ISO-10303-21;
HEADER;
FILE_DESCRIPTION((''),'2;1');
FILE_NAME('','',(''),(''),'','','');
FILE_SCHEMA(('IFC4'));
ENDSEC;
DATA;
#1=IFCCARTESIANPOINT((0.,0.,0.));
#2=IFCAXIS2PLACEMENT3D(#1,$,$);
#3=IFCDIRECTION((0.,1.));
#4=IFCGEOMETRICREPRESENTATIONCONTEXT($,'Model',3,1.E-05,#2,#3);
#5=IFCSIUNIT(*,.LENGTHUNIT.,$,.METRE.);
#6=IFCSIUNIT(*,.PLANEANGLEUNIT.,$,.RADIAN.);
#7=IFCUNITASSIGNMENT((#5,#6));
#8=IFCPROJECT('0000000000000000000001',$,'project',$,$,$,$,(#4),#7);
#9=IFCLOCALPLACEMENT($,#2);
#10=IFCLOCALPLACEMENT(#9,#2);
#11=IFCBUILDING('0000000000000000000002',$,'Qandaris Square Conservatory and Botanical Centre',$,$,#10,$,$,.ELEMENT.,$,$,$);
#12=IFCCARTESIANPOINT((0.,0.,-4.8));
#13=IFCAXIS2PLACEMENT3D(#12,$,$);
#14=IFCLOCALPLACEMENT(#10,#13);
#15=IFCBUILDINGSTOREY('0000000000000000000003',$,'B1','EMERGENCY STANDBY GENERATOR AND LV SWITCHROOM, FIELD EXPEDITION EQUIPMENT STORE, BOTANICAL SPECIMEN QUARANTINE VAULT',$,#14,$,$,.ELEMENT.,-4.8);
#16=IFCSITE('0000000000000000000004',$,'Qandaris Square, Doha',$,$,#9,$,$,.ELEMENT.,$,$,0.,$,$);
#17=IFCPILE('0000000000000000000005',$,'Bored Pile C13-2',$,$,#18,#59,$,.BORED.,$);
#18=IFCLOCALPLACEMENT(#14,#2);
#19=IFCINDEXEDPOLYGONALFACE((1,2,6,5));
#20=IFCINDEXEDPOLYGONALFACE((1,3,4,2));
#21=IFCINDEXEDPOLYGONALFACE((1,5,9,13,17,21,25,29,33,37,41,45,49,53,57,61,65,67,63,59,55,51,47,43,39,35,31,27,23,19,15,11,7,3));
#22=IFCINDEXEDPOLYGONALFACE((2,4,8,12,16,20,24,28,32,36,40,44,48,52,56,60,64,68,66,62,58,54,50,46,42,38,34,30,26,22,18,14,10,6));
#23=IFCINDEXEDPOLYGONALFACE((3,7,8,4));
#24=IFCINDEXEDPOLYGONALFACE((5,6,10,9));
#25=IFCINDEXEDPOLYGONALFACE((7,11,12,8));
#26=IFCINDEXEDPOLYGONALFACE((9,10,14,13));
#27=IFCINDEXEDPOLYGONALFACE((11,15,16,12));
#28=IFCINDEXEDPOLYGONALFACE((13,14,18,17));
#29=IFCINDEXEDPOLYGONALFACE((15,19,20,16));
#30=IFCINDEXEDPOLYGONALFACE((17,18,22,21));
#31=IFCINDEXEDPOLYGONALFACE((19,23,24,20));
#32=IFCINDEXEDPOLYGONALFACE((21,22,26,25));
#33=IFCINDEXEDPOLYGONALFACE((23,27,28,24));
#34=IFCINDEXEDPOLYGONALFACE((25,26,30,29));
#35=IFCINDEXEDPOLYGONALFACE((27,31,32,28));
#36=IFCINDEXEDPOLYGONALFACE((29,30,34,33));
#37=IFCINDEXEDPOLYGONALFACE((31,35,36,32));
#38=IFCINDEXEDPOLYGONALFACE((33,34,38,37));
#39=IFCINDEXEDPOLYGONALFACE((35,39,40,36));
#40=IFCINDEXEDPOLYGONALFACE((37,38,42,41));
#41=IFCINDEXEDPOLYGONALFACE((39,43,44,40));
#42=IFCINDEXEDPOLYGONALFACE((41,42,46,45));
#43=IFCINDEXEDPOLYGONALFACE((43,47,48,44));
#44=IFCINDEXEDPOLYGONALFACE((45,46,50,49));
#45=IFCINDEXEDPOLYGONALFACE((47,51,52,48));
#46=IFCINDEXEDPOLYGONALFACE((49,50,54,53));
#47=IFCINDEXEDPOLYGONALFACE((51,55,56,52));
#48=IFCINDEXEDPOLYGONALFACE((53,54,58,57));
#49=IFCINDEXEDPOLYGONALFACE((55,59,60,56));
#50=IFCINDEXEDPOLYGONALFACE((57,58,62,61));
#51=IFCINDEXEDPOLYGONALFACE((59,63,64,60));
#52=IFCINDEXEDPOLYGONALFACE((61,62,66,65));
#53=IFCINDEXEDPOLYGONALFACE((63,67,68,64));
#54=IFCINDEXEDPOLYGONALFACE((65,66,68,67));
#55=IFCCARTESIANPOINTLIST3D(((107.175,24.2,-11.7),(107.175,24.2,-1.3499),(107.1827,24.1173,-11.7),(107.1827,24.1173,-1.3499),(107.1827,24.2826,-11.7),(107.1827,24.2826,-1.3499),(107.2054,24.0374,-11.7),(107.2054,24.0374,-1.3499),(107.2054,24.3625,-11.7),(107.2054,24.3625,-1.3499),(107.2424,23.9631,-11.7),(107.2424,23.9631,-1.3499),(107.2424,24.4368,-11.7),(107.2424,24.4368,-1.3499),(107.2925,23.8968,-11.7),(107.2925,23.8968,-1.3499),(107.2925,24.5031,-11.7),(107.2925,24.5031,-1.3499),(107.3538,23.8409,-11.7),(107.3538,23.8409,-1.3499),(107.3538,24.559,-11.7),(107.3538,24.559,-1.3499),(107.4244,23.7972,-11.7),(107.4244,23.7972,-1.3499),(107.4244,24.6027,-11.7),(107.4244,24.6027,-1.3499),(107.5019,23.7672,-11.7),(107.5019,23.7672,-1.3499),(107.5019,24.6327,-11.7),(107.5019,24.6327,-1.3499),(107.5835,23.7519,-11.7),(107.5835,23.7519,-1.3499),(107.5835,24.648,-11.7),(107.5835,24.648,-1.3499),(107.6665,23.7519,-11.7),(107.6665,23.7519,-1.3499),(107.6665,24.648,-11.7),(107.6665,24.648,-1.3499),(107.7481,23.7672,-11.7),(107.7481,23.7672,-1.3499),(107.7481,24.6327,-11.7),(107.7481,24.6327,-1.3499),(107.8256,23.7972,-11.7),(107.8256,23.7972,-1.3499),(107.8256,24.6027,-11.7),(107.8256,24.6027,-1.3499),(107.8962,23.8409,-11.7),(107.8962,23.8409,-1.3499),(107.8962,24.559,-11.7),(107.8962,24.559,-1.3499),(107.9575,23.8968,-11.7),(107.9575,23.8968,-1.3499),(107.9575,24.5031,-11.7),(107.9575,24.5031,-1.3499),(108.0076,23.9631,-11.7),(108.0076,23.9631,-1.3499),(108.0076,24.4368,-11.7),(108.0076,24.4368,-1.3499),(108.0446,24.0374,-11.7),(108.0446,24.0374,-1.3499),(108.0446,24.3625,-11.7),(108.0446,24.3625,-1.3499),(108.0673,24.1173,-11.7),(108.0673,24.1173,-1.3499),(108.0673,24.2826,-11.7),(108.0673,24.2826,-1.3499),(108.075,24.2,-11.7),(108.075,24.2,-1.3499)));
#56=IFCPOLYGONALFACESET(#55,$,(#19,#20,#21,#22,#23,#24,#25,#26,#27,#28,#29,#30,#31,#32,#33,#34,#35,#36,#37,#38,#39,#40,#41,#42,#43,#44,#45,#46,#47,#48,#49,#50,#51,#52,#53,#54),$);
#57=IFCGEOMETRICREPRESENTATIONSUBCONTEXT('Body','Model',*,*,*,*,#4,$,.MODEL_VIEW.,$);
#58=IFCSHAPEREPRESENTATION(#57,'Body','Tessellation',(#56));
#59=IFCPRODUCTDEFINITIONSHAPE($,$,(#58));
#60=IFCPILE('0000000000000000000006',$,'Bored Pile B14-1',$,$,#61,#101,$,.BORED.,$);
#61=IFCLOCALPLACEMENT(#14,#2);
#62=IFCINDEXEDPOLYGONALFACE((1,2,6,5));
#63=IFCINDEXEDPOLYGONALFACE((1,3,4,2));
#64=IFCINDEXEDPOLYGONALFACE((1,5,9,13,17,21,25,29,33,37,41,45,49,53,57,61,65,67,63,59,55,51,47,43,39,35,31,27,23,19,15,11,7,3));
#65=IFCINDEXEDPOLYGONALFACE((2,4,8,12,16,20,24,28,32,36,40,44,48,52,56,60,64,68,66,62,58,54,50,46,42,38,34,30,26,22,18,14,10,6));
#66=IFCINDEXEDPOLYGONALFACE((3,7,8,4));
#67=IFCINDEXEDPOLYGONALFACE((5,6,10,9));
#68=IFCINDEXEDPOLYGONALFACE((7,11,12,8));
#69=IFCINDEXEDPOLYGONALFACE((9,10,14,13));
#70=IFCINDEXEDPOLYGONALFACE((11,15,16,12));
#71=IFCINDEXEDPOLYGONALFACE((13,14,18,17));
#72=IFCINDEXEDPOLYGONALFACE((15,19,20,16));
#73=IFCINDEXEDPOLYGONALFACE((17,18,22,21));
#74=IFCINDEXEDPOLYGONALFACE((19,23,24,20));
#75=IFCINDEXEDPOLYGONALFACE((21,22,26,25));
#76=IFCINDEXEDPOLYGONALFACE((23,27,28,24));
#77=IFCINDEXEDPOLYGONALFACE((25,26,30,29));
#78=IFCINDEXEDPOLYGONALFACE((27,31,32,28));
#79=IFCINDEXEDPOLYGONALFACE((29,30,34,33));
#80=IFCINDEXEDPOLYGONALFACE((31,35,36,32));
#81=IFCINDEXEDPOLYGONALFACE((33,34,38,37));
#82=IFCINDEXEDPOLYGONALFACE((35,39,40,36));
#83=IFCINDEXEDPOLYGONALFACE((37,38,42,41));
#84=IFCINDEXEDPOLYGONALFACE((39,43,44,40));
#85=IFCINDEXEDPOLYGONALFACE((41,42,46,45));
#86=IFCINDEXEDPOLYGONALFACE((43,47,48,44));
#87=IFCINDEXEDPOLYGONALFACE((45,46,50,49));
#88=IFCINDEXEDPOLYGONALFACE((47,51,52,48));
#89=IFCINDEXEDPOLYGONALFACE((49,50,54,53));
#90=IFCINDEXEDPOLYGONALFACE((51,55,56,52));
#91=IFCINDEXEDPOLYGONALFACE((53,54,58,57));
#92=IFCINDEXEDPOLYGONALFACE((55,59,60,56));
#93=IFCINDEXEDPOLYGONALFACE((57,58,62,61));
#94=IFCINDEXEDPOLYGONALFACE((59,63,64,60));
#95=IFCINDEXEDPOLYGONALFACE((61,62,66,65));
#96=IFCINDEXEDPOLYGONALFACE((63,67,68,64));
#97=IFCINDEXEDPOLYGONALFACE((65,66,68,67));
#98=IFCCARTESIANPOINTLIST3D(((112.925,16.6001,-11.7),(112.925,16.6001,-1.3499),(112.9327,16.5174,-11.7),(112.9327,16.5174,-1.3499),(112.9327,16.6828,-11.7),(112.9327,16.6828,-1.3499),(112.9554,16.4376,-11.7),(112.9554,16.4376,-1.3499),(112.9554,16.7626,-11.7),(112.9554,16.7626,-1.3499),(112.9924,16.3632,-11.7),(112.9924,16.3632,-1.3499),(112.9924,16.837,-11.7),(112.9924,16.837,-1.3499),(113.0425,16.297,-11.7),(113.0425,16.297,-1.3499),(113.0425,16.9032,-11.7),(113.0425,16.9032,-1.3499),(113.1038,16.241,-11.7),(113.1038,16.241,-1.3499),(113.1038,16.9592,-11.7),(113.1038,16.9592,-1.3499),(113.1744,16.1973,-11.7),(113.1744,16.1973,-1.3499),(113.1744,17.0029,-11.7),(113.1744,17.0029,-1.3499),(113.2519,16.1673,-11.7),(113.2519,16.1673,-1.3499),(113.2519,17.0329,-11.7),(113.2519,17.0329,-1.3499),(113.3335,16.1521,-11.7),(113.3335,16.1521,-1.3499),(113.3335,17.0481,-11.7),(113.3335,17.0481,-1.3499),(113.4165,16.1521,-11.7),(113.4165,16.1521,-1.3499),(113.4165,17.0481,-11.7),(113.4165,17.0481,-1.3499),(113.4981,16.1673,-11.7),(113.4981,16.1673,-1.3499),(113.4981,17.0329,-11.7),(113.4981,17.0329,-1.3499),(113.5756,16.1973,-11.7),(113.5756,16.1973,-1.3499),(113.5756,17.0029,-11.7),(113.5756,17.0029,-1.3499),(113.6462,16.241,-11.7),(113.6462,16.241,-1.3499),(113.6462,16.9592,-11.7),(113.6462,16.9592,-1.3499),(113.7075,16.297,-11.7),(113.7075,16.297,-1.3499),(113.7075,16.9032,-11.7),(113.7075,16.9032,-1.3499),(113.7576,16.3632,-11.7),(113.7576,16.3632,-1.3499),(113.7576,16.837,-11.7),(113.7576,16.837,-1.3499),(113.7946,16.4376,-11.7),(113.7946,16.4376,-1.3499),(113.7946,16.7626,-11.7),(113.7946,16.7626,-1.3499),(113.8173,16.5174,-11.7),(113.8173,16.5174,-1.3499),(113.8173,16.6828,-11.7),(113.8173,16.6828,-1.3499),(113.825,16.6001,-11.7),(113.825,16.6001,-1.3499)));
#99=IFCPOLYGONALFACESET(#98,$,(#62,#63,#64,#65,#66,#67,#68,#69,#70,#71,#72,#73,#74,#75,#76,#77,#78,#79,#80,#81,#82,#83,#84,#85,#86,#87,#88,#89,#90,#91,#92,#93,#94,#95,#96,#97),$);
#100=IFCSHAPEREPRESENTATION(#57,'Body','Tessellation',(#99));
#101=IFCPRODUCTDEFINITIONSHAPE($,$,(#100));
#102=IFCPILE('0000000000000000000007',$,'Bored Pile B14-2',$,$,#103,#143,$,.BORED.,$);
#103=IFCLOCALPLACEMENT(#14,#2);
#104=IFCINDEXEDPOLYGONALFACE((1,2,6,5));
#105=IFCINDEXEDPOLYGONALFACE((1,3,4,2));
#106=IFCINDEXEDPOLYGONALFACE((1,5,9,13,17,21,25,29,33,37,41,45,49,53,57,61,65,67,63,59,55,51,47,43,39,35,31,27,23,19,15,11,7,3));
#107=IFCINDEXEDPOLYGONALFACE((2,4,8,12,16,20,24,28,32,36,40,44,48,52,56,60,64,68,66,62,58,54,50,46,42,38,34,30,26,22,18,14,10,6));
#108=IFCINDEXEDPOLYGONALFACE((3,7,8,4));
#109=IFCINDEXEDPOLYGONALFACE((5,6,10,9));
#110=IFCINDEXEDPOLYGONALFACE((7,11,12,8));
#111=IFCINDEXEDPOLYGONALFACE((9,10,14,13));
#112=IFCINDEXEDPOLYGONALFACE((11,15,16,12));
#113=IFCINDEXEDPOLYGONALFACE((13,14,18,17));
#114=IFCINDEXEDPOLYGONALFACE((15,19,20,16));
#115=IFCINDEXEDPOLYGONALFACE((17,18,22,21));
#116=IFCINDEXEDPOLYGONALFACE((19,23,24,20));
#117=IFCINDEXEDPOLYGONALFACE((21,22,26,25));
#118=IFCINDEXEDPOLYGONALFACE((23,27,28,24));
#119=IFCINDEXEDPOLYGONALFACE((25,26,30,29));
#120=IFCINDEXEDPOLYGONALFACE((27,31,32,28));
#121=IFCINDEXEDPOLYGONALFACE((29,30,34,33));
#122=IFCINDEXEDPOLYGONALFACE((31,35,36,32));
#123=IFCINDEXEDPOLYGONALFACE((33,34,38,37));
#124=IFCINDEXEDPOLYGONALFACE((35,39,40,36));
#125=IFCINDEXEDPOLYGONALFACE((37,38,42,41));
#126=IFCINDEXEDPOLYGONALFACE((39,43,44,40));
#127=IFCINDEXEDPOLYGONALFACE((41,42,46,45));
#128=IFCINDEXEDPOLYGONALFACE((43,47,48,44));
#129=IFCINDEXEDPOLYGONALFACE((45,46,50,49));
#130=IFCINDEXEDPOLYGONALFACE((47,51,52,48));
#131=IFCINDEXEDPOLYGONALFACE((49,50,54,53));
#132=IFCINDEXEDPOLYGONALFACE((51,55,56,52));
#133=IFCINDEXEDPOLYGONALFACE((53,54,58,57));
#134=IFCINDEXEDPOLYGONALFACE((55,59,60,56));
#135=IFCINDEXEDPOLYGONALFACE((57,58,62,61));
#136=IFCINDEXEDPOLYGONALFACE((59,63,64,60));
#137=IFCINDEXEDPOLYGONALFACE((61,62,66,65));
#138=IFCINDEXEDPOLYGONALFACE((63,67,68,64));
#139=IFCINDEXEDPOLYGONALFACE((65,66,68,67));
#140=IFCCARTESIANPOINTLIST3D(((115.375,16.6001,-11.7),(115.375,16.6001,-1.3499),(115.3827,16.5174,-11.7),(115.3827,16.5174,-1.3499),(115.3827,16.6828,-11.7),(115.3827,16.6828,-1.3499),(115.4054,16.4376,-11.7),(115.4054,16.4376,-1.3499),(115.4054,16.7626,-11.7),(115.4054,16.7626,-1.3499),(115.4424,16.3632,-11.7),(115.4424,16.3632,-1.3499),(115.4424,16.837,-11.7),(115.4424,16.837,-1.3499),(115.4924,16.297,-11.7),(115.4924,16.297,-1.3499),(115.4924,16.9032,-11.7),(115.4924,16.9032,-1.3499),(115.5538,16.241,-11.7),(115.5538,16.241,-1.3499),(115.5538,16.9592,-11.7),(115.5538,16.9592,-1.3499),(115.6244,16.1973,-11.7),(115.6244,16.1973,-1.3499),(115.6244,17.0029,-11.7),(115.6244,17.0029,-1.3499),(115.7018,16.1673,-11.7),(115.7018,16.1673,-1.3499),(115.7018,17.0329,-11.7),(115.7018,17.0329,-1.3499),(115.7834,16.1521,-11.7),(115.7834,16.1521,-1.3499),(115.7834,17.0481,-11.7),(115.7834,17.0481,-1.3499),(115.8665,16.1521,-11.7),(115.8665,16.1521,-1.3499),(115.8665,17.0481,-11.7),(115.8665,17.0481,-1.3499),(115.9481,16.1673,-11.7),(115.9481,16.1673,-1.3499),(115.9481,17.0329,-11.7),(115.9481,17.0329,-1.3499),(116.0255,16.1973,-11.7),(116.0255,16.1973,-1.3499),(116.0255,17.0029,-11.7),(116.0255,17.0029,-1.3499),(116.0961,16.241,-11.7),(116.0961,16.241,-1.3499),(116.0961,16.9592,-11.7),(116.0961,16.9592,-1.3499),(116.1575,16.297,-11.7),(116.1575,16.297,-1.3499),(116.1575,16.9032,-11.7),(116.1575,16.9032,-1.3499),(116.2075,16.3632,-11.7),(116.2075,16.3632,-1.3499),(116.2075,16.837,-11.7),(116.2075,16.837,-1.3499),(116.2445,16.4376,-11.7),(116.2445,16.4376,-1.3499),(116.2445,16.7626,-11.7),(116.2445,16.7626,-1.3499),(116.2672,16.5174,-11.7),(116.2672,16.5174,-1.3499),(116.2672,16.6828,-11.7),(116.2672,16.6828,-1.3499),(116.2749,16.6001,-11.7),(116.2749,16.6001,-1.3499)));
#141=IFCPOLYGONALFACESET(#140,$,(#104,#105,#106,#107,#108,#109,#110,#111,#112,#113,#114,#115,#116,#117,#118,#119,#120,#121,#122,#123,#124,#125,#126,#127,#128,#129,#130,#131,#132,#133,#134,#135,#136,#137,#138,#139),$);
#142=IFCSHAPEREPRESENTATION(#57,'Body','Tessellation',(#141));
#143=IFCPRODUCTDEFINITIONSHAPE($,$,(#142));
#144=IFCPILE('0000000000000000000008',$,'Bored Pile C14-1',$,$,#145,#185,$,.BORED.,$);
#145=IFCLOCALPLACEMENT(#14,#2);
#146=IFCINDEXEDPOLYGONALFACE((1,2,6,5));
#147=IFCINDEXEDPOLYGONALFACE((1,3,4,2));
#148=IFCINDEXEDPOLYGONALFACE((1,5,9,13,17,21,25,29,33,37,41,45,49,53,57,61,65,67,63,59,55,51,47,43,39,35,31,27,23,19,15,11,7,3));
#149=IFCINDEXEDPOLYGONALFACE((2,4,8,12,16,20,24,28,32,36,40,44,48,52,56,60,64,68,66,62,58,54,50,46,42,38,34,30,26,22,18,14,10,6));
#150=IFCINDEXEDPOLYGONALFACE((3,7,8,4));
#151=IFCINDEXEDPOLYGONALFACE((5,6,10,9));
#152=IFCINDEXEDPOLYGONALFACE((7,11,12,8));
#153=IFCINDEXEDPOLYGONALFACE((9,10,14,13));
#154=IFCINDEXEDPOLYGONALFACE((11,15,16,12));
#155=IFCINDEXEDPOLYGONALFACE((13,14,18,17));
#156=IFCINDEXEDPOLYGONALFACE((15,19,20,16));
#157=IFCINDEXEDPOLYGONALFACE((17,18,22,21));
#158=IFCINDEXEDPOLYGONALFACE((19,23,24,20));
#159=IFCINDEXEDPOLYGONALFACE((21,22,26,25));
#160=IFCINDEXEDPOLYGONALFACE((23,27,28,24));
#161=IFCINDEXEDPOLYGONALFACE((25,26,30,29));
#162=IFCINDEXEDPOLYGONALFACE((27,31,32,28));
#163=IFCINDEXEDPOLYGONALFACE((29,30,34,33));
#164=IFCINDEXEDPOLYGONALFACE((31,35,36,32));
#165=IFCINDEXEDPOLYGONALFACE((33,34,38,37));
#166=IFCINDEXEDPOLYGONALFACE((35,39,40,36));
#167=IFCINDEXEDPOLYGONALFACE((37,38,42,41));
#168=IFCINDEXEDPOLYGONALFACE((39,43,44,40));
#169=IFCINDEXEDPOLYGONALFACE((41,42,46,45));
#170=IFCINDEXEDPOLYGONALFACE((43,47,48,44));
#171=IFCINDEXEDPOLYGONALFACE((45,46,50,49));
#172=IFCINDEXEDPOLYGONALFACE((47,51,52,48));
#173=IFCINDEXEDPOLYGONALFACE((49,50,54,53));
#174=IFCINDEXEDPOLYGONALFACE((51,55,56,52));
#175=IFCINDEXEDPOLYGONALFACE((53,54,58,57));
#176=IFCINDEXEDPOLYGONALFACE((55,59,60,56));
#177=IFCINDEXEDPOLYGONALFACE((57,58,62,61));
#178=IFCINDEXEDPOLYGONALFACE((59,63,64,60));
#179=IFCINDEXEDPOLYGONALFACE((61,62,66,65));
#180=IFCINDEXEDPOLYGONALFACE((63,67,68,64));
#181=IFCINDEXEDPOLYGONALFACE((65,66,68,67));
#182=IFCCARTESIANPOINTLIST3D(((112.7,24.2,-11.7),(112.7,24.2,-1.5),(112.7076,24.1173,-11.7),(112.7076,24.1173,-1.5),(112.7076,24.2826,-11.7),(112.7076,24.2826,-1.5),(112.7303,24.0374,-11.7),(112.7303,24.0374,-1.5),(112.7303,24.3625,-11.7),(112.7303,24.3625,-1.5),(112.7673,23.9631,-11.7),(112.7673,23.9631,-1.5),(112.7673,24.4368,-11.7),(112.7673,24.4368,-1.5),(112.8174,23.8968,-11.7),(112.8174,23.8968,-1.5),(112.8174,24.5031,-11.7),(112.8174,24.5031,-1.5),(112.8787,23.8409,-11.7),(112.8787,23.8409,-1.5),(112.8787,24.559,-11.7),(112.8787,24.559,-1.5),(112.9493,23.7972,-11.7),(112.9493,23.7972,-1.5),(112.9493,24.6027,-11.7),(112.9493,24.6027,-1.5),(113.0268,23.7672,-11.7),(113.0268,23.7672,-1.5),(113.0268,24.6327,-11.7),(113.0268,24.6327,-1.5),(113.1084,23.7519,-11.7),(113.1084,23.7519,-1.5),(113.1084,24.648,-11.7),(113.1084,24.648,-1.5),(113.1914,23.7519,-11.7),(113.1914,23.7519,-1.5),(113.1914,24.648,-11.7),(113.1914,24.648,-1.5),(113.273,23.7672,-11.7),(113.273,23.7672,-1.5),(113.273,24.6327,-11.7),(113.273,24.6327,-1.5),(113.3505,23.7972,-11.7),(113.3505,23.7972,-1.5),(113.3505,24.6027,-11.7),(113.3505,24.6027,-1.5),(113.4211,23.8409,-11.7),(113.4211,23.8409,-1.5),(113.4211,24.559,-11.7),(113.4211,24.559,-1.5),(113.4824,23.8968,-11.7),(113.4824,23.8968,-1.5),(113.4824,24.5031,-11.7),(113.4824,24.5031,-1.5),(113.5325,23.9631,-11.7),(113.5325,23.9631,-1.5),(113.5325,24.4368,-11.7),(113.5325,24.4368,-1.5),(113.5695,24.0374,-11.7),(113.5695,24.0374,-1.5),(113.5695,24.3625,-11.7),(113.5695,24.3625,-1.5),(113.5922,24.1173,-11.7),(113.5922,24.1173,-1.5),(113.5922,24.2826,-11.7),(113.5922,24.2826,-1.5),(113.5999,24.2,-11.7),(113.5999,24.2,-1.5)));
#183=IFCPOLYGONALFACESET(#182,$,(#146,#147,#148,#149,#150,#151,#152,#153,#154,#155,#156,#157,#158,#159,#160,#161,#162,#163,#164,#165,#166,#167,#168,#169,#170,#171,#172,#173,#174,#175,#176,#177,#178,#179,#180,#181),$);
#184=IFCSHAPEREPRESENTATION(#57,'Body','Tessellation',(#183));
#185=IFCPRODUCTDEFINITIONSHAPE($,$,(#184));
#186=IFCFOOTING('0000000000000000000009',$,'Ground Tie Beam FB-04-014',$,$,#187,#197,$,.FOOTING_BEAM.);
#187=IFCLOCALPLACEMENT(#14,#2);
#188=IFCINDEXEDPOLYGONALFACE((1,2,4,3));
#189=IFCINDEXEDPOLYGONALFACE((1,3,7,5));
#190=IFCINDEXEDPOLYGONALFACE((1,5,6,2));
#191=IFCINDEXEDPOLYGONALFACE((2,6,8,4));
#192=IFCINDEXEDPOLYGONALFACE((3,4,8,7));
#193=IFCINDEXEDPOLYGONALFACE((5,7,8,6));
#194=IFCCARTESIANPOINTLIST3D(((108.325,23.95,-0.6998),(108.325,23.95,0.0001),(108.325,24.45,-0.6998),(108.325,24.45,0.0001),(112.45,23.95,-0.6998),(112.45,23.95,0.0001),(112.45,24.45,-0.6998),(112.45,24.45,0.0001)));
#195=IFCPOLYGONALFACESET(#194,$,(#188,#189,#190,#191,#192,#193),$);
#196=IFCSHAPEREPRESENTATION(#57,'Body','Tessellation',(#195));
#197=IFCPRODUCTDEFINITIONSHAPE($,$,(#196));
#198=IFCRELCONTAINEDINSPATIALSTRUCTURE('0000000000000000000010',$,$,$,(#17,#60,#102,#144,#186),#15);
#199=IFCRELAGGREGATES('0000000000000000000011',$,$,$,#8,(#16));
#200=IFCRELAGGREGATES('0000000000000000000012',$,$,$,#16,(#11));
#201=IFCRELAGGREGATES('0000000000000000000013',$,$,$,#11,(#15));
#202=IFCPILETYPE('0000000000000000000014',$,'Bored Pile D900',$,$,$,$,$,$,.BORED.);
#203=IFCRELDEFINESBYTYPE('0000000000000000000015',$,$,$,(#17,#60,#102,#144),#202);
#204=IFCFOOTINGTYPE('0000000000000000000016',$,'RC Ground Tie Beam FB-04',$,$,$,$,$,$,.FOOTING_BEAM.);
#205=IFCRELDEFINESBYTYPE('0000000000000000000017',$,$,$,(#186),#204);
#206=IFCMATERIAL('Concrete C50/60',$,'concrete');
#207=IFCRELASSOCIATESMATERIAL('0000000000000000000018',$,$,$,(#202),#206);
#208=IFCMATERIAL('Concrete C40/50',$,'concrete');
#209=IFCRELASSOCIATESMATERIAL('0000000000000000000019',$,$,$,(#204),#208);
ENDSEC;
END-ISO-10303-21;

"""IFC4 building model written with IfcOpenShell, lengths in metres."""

from ifc_helpers import new_model, si_unit, direction, frame, origin, origin_2d, place, context, subcontext, project, spatial, rectangle, circle, extrude, material, material_profile, profile_set, type_object, element, save


model = new_model("IFC4")

# Units and contexts
model_context = context("Model", 3, precision=1e-05, world=origin(), true_north=direction((0.0, 1.0)))
body_context = subcontext(model_context, "Body", "Model", "MODEL_VIEW")
ifc_project = project(units=[si_unit("LENGTHUNIT", "METRE"), si_unit("PLANEANGLEUNIT", "RADIAN")], contexts=[model_context])

# Site, building, storey
site_placement = place(None, origin())
site = spatial("IfcSite", under=ifc_project, at=site_placement, Name="Qandaris Square, Doha", CompositionType="ELEMENT", RefElevation=0.0)
building_placement = place(site_placement, origin())
building = spatial("IfcBuilding", under=site, at=building_placement, Name="Qandaris Square Conservatory and Botanical Centre", CompositionType="ELEMENT")
storey_placement = place(building_placement, frame((0.0, 0.0, -4.8)))
storey = spatial("IfcBuildingStorey", under=building, at=storey_placement, Name="B1", Description="EMERGENCY STANDBY GENERATOR AND LV SWITCHROOM, FIELD EXPEDITION EQUIPMENT STORE, BOTANICAL SPECIMEN QUARANTINE VAULT", CompositionType="ELEMENT", Elevation=-4.8)

# Piles
ifc_material_1 = material(Name="Concrete C50/60", Category="concrete")
ifc_material_profile_1 = material_profile(ifc_material_1, circle(Radius=0.45, at=origin_2d()), Name="PILE D900")
ifc_profile_set_1 = profile_set([ifc_material_profile_1], Name="Concrete C50/60")
pile_type_1 = type_object("IfcPileType", Name="Bored Pile D900", PredefinedType="BORED", material=ifc_profile_set_1)
for number, where, z_axis, x_axis, name in (
    (1, (107.625, 24.2, -1.3499), (0.0, 0.0, -1.0), (1.0, 0.0, 0.0), "Bored Pile C13-2"),
    (2, (113.375, 16.6001, -1.3499), (0.0, 0.0, -1.0), (1.0, 0.0, 0.0), "Bored Pile B14-1"),
    (3, (115.825, 16.6001, -1.3499), (0.0, 0.0, -1.0), (1.0, 0.0, 0.0), "Bored Pile B14-2"),
):
    element("IfcPile", number, at=place(storey_placement, frame(where, z_axis=z_axis, x_axis=x_axis)), inside=storey, type_object=pile_type_1, Name=name, PredefinedType="BORED", context=body_context, shape_type="SweptSolid", body=[
        extrude(circle(Radius=0.45, at=origin_2d()), origin(), (0.0, 0.0, 1.0), 10.3501),
    ])
pile_1_placement = place(storey_placement, frame((113.1499, 24.2, -1.5), z_axis=(0.0, 0.0, -1.0), x_axis=(1.0, 0.0, 0.0)))
element("IfcPile", 4, at=pile_1_placement, inside=storey, type_object=pile_type_1, Name="Bored Pile C14-1", PredefinedType="BORED", context=body_context, shape_type="SweptSolid", body=[
    extrude(circle(Radius=0.45, at=origin_2d()), origin(), (0.0, 0.0, 1.0), 10.2),
])

# Footing
ifc_material_2 = material(Name="Concrete C40/50", Category="concrete")
ifc_material_profile_2 = material_profile(ifc_material_2, rectangle(XDim=0.5, YDim=0.7, at=origin_2d()), Name="FB 500x700")
ifc_profile_set_2 = profile_set([ifc_material_profile_2], Name="Concrete C40/50")
footing_type_1 = type_object("IfcFootingType", Name="RC Ground Tie Beam FB-04", PredefinedType="FOOTING_BEAM", material=ifc_profile_set_2)
footing_1_placement = place(storey_placement, frame((108.325, 24.2, -0.3499), z_axis=(1.0, 0.0, 0.0), x_axis=(0.0, 1.0, 0.0)))
element("IfcFooting", 5, at=footing_1_placement, inside=storey, type_object=footing_type_1, Name="Ground Tie Beam FB-04-014", PredefinedType="FOOTING_BEAM", context=body_context, shape_type="SweptSolid", body=[
    extrude(rectangle(XDim=0.5, YDim=0.7, at=origin_2d()), origin(), (0.0, 0.0, 1.0), 4.125),
])

save(model, "model.ifc")
